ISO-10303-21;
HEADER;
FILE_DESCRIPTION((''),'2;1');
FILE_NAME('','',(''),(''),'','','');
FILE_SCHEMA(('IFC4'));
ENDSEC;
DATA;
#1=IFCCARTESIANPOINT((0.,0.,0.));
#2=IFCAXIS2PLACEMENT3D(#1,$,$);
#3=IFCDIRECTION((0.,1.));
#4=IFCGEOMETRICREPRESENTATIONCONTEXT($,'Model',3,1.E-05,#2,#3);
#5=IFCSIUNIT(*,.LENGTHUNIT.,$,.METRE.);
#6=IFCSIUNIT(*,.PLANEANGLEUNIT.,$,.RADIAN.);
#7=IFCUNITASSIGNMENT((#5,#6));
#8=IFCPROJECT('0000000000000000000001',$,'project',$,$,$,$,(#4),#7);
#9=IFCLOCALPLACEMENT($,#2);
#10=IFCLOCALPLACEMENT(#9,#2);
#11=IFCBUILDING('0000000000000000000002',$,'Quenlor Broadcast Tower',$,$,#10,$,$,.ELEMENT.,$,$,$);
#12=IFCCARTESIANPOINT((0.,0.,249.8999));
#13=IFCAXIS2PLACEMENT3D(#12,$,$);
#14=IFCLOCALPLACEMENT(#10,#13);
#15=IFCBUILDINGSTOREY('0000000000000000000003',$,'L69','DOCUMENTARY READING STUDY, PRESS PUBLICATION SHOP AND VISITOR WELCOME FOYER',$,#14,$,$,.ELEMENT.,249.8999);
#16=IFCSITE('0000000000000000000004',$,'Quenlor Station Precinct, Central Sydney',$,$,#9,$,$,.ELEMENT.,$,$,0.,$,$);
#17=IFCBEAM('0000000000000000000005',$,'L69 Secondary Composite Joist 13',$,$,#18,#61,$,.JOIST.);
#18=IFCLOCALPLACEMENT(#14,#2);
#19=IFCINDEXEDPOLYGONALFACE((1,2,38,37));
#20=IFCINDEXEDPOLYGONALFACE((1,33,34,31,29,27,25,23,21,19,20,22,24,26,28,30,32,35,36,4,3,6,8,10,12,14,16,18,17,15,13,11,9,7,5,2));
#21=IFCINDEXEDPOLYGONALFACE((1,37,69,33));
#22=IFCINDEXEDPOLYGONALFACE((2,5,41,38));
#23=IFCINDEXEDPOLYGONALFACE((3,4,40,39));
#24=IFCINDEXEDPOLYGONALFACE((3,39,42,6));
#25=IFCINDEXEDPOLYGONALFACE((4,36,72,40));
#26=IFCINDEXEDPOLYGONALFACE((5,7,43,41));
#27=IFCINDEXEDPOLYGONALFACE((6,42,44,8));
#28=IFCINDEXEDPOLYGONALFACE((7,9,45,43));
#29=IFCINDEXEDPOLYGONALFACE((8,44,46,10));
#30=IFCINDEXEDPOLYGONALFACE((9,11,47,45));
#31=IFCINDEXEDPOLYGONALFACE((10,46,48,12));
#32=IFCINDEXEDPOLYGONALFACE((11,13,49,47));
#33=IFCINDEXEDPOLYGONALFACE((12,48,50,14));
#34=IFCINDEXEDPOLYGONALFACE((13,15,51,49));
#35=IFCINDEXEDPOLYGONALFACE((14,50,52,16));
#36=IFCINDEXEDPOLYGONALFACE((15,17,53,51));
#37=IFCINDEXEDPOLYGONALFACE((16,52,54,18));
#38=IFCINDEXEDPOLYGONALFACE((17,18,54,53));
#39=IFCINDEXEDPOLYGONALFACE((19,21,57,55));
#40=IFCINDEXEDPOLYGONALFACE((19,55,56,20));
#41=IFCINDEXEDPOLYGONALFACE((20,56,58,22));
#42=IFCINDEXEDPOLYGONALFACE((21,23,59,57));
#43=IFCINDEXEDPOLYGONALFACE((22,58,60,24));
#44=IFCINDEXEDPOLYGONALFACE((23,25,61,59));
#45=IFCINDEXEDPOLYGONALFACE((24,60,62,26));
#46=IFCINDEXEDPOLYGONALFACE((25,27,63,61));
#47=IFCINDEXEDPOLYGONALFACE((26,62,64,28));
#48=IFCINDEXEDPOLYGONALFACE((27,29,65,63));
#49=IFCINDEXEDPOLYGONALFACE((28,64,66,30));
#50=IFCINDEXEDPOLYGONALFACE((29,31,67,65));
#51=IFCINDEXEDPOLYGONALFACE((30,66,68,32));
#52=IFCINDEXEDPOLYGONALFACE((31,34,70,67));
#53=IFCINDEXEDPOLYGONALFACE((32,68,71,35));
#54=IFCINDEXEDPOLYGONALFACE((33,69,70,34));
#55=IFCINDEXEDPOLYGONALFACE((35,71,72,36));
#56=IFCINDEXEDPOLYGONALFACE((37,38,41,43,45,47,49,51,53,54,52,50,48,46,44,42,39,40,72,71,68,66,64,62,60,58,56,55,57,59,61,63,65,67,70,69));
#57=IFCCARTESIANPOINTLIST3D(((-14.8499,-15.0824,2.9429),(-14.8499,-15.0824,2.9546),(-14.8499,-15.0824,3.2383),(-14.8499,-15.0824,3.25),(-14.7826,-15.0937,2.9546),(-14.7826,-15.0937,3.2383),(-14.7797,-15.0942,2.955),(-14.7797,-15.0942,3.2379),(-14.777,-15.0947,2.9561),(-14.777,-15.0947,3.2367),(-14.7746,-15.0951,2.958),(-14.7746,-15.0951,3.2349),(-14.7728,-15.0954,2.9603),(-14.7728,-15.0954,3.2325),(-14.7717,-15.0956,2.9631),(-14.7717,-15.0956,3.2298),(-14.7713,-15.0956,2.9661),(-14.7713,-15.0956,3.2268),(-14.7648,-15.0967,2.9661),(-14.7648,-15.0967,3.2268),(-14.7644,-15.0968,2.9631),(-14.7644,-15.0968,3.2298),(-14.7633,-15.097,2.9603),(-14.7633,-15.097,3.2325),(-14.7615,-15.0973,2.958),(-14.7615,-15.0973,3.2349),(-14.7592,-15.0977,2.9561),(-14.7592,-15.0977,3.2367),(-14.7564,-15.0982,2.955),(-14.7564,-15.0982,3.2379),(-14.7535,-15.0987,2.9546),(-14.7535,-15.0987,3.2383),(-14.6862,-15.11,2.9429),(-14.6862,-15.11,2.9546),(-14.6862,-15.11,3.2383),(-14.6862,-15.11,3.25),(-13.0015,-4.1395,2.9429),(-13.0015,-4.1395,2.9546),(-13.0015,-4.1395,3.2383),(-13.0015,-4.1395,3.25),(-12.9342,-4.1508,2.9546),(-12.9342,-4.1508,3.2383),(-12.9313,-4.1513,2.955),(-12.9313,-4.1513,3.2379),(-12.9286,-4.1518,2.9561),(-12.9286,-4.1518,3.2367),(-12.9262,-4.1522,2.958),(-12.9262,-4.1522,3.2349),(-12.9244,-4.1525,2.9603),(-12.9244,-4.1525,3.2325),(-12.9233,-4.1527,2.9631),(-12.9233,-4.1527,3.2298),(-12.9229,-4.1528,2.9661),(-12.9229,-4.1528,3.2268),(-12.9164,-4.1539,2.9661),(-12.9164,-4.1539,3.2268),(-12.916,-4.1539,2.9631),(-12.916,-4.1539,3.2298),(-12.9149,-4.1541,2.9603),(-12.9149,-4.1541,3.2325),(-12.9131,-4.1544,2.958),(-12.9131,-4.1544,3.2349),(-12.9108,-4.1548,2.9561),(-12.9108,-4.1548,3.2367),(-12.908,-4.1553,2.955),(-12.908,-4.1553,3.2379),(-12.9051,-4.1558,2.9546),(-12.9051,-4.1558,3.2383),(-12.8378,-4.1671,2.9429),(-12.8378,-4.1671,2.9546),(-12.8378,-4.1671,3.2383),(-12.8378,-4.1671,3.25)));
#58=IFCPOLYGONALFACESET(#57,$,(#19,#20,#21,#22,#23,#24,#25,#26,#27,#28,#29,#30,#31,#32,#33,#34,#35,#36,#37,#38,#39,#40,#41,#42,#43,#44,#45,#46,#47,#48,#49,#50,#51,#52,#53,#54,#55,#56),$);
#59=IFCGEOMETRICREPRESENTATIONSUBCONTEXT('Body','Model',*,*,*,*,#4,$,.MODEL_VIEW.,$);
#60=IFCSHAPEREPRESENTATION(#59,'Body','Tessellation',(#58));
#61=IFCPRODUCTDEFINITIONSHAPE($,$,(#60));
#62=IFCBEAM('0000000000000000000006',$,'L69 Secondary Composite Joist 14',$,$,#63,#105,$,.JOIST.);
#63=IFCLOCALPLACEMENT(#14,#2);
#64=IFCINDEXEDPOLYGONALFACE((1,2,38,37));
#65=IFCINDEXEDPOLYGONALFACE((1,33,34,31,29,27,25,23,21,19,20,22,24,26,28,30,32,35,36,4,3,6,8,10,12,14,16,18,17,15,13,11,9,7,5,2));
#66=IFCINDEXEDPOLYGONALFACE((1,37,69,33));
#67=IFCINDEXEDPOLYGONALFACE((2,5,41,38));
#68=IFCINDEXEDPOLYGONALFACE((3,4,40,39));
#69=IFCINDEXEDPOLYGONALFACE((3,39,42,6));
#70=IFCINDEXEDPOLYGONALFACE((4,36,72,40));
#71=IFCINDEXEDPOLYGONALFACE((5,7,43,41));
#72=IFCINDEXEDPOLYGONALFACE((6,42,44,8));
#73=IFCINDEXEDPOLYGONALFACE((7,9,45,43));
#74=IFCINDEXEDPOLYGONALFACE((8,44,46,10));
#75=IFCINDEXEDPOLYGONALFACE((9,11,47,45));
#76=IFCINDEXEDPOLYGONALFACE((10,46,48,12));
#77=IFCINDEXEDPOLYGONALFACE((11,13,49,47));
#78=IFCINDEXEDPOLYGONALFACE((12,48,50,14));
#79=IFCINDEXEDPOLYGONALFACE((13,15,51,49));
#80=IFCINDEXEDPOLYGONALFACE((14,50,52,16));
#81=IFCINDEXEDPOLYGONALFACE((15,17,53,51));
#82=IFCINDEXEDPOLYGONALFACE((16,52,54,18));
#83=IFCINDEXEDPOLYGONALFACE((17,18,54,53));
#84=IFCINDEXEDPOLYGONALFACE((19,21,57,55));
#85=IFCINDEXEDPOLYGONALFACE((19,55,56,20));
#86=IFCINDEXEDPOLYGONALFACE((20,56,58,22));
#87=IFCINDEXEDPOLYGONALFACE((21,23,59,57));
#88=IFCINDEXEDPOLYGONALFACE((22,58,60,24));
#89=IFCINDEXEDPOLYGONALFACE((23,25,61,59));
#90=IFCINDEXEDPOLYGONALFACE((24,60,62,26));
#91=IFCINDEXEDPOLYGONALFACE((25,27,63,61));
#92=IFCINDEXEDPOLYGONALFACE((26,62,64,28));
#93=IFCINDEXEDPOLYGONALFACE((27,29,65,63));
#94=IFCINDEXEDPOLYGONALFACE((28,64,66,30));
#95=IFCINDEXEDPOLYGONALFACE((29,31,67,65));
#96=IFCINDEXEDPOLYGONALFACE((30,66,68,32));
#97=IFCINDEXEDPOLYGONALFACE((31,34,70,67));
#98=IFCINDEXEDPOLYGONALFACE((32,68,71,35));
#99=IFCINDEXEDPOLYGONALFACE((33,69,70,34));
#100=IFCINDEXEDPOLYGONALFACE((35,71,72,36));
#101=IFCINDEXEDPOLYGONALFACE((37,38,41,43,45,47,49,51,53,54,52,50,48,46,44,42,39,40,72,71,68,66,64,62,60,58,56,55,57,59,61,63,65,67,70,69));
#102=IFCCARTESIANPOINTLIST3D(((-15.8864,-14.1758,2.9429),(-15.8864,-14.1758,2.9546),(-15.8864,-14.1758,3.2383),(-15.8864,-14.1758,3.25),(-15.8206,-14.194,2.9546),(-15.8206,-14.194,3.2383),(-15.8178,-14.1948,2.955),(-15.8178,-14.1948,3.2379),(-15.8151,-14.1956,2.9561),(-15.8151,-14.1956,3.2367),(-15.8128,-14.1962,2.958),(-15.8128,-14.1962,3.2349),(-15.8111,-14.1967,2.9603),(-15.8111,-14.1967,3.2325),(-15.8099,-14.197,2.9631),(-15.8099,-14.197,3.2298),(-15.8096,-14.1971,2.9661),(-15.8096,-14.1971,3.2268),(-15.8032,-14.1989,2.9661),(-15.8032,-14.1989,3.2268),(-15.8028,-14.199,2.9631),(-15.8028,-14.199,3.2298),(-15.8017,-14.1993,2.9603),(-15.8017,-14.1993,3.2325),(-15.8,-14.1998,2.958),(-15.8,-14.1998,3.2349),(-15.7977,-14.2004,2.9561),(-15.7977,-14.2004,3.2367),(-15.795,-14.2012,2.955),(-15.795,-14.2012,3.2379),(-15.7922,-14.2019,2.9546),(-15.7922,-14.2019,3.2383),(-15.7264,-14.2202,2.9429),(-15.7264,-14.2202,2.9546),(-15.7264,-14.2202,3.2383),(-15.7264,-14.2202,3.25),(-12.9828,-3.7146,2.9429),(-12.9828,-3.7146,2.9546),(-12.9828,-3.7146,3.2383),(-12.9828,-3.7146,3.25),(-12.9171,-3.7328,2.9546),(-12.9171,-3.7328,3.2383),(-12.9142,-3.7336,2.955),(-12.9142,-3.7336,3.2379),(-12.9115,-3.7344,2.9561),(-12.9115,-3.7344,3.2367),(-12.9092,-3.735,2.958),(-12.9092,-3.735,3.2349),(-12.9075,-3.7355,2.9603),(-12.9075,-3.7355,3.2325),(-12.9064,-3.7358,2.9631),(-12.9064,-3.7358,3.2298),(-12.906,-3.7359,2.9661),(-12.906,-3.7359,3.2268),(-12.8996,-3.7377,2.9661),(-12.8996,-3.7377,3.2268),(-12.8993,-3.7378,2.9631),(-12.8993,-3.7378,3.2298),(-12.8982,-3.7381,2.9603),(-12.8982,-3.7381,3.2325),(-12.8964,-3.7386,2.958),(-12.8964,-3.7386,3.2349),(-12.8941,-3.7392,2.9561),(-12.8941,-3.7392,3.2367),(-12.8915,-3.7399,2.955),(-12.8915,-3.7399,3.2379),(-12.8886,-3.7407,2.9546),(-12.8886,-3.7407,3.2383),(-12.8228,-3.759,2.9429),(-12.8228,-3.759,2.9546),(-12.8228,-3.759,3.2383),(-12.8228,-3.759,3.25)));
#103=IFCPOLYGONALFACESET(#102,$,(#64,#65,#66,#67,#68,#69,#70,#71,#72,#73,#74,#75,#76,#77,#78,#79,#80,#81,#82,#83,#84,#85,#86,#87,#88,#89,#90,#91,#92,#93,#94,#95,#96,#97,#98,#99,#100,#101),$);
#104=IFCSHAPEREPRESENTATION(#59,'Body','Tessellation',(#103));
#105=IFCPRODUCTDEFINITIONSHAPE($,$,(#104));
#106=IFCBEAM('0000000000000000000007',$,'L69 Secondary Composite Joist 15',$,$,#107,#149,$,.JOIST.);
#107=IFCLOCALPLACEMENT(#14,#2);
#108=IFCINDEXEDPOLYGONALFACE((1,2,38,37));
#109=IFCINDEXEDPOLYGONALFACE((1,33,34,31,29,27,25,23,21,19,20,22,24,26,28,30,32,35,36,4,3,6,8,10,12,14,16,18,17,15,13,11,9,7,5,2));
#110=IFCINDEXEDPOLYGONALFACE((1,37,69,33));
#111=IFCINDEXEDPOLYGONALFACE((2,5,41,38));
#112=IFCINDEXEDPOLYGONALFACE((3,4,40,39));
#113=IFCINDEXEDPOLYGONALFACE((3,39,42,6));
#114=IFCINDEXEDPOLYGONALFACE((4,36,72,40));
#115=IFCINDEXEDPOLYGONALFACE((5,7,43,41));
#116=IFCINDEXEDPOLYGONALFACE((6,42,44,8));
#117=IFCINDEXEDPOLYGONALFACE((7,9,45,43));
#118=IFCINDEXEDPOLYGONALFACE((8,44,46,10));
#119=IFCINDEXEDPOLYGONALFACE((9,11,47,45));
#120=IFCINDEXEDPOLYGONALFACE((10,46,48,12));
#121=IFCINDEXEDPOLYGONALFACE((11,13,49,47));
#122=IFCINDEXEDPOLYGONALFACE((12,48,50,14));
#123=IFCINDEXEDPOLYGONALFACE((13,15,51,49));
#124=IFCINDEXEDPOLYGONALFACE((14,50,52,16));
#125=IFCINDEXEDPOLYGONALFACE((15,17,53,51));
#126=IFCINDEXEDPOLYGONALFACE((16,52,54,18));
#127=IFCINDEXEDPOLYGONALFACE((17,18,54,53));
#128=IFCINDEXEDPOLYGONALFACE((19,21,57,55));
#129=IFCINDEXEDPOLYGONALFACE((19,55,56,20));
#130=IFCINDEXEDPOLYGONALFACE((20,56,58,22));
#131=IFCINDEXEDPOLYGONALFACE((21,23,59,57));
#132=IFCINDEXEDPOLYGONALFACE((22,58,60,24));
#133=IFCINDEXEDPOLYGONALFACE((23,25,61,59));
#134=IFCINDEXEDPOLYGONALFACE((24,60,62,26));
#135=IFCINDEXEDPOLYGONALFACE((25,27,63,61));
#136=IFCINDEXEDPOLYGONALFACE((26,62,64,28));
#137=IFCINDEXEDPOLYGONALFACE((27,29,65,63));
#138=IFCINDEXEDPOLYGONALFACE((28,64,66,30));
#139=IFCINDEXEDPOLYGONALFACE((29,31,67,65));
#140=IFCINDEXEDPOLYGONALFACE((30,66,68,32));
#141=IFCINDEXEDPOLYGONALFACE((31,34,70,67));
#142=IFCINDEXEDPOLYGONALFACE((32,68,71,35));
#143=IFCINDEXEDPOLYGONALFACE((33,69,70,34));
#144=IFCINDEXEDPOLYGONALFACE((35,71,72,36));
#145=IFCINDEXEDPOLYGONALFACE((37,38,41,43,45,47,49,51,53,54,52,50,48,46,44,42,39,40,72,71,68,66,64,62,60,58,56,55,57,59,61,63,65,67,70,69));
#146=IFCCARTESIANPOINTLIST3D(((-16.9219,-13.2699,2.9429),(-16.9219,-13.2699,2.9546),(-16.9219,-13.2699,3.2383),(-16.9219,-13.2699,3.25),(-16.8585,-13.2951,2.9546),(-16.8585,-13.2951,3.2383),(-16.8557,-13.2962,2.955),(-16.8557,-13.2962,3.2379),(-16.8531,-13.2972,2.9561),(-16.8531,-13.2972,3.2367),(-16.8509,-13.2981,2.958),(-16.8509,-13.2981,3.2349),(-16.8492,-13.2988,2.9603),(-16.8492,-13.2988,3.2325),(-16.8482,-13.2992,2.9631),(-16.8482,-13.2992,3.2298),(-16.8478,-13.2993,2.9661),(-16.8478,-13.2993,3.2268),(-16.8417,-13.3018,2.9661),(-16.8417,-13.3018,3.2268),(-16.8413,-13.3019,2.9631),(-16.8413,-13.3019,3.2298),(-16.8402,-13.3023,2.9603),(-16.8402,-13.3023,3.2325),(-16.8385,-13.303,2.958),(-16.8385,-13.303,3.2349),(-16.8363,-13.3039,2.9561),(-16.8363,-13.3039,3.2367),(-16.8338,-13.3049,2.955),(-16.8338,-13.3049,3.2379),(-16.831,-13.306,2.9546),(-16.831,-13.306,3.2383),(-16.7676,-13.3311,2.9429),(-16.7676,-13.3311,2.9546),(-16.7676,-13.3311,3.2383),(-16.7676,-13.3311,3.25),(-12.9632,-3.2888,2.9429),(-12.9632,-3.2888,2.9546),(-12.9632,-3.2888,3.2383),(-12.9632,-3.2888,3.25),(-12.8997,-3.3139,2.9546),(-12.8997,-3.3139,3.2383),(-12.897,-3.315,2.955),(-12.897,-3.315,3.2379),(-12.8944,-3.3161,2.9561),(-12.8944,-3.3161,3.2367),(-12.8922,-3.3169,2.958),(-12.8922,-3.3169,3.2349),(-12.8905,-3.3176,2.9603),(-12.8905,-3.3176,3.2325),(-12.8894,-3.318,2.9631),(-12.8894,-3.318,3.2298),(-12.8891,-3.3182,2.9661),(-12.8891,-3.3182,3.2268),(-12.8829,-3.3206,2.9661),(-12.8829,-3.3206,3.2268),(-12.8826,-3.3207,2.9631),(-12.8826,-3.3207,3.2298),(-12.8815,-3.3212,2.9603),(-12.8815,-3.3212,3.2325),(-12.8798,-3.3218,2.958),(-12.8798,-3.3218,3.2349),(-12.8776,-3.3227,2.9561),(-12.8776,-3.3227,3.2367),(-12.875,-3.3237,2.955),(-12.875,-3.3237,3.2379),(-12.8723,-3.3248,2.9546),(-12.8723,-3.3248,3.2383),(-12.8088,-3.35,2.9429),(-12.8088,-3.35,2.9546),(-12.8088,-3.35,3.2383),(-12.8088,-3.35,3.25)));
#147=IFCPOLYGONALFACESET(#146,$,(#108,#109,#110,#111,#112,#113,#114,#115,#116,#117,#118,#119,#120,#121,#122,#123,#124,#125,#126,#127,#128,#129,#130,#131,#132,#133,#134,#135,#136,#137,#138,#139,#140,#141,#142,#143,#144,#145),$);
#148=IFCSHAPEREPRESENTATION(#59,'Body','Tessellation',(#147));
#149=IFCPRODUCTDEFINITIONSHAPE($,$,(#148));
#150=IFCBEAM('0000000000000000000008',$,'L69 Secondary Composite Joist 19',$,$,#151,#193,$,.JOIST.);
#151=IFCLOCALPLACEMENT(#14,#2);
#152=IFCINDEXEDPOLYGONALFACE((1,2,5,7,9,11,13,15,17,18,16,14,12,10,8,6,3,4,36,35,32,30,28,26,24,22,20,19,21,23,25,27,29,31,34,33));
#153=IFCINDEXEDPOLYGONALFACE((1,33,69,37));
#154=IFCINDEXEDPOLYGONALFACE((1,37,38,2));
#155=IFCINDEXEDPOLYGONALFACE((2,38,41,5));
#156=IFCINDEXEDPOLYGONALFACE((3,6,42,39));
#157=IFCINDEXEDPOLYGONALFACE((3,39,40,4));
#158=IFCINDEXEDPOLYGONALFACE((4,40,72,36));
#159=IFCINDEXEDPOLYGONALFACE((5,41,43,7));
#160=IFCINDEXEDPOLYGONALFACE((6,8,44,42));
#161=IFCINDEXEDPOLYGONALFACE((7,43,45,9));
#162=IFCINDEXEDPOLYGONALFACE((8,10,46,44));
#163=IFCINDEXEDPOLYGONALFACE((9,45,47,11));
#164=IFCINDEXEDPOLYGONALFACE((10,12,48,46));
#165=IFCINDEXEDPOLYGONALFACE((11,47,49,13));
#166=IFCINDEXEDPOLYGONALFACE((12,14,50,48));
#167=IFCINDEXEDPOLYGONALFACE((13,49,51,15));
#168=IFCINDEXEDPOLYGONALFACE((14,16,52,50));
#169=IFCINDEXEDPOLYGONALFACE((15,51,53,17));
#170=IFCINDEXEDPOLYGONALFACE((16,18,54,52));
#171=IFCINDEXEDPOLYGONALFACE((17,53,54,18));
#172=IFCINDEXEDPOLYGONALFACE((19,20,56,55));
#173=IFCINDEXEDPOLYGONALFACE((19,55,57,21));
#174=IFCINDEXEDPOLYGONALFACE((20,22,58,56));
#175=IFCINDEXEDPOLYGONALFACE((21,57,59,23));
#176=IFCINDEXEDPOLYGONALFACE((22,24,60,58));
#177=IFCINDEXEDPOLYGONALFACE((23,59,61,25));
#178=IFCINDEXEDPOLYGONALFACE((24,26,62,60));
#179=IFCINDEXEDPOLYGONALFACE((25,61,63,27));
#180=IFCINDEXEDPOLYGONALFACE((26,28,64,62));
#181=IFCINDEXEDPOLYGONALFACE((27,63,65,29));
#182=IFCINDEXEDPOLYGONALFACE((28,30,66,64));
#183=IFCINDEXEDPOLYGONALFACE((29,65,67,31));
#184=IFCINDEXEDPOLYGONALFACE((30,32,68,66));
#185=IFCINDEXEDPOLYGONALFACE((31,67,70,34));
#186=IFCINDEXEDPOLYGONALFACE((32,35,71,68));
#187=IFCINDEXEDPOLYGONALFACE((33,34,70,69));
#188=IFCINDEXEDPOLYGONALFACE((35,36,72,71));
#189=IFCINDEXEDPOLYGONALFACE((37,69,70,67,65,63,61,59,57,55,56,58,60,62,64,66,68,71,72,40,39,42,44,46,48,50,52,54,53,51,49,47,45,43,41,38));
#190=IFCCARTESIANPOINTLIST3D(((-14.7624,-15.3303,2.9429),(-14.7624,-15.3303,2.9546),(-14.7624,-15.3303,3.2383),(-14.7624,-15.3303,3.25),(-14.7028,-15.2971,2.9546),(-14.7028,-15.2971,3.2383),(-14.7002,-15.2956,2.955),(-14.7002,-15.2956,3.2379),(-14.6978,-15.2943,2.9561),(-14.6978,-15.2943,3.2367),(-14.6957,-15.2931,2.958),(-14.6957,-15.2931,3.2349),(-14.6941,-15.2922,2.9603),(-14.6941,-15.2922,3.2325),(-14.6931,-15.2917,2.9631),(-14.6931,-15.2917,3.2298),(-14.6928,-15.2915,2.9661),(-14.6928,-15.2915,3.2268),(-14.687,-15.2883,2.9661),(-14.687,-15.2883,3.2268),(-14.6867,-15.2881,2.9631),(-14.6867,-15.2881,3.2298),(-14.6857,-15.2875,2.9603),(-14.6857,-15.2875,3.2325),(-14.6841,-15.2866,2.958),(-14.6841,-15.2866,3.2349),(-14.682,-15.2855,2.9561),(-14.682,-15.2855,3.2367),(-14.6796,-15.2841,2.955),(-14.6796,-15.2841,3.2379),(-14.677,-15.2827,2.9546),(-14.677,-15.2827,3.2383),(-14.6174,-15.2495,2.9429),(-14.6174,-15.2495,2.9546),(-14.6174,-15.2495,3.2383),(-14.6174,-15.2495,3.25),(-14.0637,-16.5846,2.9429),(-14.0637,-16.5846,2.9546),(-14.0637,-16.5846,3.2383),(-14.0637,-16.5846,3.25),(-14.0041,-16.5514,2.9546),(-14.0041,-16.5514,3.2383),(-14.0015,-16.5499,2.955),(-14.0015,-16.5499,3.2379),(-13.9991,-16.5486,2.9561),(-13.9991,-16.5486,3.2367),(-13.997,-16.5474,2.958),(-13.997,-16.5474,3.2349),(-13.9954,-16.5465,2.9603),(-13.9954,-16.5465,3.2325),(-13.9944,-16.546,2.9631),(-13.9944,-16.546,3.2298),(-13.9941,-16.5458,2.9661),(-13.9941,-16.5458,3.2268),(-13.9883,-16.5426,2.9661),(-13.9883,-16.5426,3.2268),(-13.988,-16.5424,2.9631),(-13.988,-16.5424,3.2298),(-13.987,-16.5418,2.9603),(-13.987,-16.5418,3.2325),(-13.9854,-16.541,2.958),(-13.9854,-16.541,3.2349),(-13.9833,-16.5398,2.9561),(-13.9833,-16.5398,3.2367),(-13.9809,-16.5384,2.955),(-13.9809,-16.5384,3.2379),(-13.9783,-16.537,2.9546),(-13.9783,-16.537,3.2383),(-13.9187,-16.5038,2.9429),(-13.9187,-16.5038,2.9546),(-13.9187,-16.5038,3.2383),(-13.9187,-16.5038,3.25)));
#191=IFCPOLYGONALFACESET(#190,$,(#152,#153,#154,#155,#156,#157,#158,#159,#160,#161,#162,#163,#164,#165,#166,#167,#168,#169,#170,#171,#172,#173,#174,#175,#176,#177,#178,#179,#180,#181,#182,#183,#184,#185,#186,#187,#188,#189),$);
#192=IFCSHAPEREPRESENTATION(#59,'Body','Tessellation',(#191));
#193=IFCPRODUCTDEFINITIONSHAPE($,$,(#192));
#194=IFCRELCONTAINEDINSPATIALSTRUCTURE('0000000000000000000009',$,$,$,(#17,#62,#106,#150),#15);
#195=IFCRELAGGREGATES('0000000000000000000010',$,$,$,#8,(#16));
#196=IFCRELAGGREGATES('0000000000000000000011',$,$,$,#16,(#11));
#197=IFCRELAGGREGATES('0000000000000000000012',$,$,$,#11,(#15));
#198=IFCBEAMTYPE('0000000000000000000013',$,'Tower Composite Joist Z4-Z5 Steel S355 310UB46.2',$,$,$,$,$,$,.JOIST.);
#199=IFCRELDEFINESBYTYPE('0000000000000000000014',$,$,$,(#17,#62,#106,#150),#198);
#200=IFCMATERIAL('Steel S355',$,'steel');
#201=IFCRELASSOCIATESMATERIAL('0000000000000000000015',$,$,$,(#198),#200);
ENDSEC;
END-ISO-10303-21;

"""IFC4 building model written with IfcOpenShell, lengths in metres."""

from ifc_helpers import new_model, si_unit, direction, frame, origin, origin_2d, place, context, subcontext, project, spatial, i_section, extrude, material, material_profile, profile_set, type_object, element, save


model = new_model("IFC4")

# Units and contexts
model_context = context("Model", 3, precision=1e-05, world=origin(), true_north=direction((0.0, 1.0)))
body_context = subcontext(model_context, "Body", "Model", "MODEL_VIEW")
ifc_project = project(units=[si_unit("LENGTHUNIT", "METRE"), si_unit("PLANEANGLEUNIT", "RADIAN")], contexts=[model_context])

# Site, building, storey
site_placement = place(None, origin())
site = spatial("IfcSite", under=ifc_project, at=site_placement, Name="Quenlor Station Precinct, Central Sydney", CompositionType="ELEMENT", RefElevation=0.0)
building_placement = place(site_placement, origin())
building = spatial("IfcBuilding", under=site, at=building_placement, Name="Quenlor Broadcast Tower", CompositionType="ELEMENT")
storey_placement = place(building_placement, frame((0.0, 0.0, 249.8999)))
storey = spatial("IfcBuildingStorey", under=building, at=storey_placement, Name="L69", Description="DOCUMENTARY READING STUDY, PRESS PUBLICATION SHOP AND VISITOR WELCOME FOYER", CompositionType="ELEMENT", Elevation=249.8999)

# Beams
ifc_material_1 = material(Name="Steel S355", Category="steel")
ifc_material_profile_1 = material_profile(ifc_material_1, i_section(OverallWidth=0.166, OverallDepth=0.3071, WebThickness=0.0066, FlangeThickness=0.0117, FilletRadius=0.0115, at=origin_2d()))
ifc_profile_set_1 = profile_set([ifc_material_profile_1], Name="Steel S355 310UB46.2")
beam_type_1 = type_object("IfcBeamType", Name="Tower Composite Joist Z4-Z5 Steel S355 310UB46.2", PredefinedType="JOIST", material=ifc_profile_set_1)
beam_1_placement = place(storey_placement, frame((-14.7681, -15.0962, 3.0964), z_axis=(0.166553, 0.986032, 0.0), x_axis=(-0.986032, 0.166553, 0.0)))
element("IfcBeam", 1, at=beam_1_placement, inside=storey, type_object=beam_type_1, Name="L69 Secondary Composite Joist 13", PredefinedType="JOIST", context=body_context, shape_type="SweptSolid", body=[
    extrude(i_section(OverallWidth=0.166, OverallDepth=0.3071, WebThickness=0.0066, FlangeThickness=0.0117, FilletRadius=0.0115, at=origin_2d()), origin(), (0.0, 0.0, 1.0), 11.0979),
])
beam_2_placement = place(storey_placement, frame((-15.8064, -14.198, 3.0964), z_axis=(0.267446, 0.963573, 0.0), x_axis=(-0.963573, 0.267446, 0.0)))
element("IfcBeam", 2, at=beam_2_placement, inside=storey, type_object=beam_type_1, Name="L69 Secondary Composite Joist 14", PredefinedType="JOIST", context=body_context, shape_type="SweptSolid", body=[
    extrude(i_section(OverallWidth=0.166, OverallDepth=0.3071, WebThickness=0.0066, FlangeThickness=0.0117, FilletRadius=0.0115, at=origin_2d()), origin(), (0.0, 0.0, 1.0), 10.8567),
])
beam_3_placement = place(storey_placement, frame((-16.8447, -13.3005, 3.0964), z_axis=(0.36868, 0.929556, 0.0), x_axis=(-0.929556, 0.36868, 0.0)))
element("IfcBeam", 3, at=beam_3_placement, inside=storey, type_object=beam_type_1, Name="L69 Secondary Composite Joist 15", PredefinedType="JOIST", context=body_context, shape_type="SweptSolid", body=[
    extrude(i_section(OverallWidth=0.166, OverallDepth=0.3071, WebThickness=0.0066, FlangeThickness=0.0117, FilletRadius=0.0115, at=origin_2d()), origin(), (0.0, 0.0, 1.0), 10.7375),
])
beam_4_placement = place(storey_placement, frame((-13.9912, -16.5442, 3.0964), z_axis=(-0.486624, 0.873611, 0.0), x_axis=(-0.873611, -0.486624, 0.0)))
element("IfcBeam", 4, at=beam_4_placement, inside=storey, type_object=beam_type_1, Name="L69 Secondary Composite Joist 19", PredefinedType="JOIST", context=body_context, shape_type="SweptSolid", body=[
    extrude(i_section(OverallWidth=0.166, OverallDepth=0.3071, WebThickness=0.0066, FlangeThickness=0.0117, FilletRadius=0.0115, at=origin_2d()), origin(), (0.0, 0.0, 1.0), 1.4358),
])

save(model, "model.ifc")
